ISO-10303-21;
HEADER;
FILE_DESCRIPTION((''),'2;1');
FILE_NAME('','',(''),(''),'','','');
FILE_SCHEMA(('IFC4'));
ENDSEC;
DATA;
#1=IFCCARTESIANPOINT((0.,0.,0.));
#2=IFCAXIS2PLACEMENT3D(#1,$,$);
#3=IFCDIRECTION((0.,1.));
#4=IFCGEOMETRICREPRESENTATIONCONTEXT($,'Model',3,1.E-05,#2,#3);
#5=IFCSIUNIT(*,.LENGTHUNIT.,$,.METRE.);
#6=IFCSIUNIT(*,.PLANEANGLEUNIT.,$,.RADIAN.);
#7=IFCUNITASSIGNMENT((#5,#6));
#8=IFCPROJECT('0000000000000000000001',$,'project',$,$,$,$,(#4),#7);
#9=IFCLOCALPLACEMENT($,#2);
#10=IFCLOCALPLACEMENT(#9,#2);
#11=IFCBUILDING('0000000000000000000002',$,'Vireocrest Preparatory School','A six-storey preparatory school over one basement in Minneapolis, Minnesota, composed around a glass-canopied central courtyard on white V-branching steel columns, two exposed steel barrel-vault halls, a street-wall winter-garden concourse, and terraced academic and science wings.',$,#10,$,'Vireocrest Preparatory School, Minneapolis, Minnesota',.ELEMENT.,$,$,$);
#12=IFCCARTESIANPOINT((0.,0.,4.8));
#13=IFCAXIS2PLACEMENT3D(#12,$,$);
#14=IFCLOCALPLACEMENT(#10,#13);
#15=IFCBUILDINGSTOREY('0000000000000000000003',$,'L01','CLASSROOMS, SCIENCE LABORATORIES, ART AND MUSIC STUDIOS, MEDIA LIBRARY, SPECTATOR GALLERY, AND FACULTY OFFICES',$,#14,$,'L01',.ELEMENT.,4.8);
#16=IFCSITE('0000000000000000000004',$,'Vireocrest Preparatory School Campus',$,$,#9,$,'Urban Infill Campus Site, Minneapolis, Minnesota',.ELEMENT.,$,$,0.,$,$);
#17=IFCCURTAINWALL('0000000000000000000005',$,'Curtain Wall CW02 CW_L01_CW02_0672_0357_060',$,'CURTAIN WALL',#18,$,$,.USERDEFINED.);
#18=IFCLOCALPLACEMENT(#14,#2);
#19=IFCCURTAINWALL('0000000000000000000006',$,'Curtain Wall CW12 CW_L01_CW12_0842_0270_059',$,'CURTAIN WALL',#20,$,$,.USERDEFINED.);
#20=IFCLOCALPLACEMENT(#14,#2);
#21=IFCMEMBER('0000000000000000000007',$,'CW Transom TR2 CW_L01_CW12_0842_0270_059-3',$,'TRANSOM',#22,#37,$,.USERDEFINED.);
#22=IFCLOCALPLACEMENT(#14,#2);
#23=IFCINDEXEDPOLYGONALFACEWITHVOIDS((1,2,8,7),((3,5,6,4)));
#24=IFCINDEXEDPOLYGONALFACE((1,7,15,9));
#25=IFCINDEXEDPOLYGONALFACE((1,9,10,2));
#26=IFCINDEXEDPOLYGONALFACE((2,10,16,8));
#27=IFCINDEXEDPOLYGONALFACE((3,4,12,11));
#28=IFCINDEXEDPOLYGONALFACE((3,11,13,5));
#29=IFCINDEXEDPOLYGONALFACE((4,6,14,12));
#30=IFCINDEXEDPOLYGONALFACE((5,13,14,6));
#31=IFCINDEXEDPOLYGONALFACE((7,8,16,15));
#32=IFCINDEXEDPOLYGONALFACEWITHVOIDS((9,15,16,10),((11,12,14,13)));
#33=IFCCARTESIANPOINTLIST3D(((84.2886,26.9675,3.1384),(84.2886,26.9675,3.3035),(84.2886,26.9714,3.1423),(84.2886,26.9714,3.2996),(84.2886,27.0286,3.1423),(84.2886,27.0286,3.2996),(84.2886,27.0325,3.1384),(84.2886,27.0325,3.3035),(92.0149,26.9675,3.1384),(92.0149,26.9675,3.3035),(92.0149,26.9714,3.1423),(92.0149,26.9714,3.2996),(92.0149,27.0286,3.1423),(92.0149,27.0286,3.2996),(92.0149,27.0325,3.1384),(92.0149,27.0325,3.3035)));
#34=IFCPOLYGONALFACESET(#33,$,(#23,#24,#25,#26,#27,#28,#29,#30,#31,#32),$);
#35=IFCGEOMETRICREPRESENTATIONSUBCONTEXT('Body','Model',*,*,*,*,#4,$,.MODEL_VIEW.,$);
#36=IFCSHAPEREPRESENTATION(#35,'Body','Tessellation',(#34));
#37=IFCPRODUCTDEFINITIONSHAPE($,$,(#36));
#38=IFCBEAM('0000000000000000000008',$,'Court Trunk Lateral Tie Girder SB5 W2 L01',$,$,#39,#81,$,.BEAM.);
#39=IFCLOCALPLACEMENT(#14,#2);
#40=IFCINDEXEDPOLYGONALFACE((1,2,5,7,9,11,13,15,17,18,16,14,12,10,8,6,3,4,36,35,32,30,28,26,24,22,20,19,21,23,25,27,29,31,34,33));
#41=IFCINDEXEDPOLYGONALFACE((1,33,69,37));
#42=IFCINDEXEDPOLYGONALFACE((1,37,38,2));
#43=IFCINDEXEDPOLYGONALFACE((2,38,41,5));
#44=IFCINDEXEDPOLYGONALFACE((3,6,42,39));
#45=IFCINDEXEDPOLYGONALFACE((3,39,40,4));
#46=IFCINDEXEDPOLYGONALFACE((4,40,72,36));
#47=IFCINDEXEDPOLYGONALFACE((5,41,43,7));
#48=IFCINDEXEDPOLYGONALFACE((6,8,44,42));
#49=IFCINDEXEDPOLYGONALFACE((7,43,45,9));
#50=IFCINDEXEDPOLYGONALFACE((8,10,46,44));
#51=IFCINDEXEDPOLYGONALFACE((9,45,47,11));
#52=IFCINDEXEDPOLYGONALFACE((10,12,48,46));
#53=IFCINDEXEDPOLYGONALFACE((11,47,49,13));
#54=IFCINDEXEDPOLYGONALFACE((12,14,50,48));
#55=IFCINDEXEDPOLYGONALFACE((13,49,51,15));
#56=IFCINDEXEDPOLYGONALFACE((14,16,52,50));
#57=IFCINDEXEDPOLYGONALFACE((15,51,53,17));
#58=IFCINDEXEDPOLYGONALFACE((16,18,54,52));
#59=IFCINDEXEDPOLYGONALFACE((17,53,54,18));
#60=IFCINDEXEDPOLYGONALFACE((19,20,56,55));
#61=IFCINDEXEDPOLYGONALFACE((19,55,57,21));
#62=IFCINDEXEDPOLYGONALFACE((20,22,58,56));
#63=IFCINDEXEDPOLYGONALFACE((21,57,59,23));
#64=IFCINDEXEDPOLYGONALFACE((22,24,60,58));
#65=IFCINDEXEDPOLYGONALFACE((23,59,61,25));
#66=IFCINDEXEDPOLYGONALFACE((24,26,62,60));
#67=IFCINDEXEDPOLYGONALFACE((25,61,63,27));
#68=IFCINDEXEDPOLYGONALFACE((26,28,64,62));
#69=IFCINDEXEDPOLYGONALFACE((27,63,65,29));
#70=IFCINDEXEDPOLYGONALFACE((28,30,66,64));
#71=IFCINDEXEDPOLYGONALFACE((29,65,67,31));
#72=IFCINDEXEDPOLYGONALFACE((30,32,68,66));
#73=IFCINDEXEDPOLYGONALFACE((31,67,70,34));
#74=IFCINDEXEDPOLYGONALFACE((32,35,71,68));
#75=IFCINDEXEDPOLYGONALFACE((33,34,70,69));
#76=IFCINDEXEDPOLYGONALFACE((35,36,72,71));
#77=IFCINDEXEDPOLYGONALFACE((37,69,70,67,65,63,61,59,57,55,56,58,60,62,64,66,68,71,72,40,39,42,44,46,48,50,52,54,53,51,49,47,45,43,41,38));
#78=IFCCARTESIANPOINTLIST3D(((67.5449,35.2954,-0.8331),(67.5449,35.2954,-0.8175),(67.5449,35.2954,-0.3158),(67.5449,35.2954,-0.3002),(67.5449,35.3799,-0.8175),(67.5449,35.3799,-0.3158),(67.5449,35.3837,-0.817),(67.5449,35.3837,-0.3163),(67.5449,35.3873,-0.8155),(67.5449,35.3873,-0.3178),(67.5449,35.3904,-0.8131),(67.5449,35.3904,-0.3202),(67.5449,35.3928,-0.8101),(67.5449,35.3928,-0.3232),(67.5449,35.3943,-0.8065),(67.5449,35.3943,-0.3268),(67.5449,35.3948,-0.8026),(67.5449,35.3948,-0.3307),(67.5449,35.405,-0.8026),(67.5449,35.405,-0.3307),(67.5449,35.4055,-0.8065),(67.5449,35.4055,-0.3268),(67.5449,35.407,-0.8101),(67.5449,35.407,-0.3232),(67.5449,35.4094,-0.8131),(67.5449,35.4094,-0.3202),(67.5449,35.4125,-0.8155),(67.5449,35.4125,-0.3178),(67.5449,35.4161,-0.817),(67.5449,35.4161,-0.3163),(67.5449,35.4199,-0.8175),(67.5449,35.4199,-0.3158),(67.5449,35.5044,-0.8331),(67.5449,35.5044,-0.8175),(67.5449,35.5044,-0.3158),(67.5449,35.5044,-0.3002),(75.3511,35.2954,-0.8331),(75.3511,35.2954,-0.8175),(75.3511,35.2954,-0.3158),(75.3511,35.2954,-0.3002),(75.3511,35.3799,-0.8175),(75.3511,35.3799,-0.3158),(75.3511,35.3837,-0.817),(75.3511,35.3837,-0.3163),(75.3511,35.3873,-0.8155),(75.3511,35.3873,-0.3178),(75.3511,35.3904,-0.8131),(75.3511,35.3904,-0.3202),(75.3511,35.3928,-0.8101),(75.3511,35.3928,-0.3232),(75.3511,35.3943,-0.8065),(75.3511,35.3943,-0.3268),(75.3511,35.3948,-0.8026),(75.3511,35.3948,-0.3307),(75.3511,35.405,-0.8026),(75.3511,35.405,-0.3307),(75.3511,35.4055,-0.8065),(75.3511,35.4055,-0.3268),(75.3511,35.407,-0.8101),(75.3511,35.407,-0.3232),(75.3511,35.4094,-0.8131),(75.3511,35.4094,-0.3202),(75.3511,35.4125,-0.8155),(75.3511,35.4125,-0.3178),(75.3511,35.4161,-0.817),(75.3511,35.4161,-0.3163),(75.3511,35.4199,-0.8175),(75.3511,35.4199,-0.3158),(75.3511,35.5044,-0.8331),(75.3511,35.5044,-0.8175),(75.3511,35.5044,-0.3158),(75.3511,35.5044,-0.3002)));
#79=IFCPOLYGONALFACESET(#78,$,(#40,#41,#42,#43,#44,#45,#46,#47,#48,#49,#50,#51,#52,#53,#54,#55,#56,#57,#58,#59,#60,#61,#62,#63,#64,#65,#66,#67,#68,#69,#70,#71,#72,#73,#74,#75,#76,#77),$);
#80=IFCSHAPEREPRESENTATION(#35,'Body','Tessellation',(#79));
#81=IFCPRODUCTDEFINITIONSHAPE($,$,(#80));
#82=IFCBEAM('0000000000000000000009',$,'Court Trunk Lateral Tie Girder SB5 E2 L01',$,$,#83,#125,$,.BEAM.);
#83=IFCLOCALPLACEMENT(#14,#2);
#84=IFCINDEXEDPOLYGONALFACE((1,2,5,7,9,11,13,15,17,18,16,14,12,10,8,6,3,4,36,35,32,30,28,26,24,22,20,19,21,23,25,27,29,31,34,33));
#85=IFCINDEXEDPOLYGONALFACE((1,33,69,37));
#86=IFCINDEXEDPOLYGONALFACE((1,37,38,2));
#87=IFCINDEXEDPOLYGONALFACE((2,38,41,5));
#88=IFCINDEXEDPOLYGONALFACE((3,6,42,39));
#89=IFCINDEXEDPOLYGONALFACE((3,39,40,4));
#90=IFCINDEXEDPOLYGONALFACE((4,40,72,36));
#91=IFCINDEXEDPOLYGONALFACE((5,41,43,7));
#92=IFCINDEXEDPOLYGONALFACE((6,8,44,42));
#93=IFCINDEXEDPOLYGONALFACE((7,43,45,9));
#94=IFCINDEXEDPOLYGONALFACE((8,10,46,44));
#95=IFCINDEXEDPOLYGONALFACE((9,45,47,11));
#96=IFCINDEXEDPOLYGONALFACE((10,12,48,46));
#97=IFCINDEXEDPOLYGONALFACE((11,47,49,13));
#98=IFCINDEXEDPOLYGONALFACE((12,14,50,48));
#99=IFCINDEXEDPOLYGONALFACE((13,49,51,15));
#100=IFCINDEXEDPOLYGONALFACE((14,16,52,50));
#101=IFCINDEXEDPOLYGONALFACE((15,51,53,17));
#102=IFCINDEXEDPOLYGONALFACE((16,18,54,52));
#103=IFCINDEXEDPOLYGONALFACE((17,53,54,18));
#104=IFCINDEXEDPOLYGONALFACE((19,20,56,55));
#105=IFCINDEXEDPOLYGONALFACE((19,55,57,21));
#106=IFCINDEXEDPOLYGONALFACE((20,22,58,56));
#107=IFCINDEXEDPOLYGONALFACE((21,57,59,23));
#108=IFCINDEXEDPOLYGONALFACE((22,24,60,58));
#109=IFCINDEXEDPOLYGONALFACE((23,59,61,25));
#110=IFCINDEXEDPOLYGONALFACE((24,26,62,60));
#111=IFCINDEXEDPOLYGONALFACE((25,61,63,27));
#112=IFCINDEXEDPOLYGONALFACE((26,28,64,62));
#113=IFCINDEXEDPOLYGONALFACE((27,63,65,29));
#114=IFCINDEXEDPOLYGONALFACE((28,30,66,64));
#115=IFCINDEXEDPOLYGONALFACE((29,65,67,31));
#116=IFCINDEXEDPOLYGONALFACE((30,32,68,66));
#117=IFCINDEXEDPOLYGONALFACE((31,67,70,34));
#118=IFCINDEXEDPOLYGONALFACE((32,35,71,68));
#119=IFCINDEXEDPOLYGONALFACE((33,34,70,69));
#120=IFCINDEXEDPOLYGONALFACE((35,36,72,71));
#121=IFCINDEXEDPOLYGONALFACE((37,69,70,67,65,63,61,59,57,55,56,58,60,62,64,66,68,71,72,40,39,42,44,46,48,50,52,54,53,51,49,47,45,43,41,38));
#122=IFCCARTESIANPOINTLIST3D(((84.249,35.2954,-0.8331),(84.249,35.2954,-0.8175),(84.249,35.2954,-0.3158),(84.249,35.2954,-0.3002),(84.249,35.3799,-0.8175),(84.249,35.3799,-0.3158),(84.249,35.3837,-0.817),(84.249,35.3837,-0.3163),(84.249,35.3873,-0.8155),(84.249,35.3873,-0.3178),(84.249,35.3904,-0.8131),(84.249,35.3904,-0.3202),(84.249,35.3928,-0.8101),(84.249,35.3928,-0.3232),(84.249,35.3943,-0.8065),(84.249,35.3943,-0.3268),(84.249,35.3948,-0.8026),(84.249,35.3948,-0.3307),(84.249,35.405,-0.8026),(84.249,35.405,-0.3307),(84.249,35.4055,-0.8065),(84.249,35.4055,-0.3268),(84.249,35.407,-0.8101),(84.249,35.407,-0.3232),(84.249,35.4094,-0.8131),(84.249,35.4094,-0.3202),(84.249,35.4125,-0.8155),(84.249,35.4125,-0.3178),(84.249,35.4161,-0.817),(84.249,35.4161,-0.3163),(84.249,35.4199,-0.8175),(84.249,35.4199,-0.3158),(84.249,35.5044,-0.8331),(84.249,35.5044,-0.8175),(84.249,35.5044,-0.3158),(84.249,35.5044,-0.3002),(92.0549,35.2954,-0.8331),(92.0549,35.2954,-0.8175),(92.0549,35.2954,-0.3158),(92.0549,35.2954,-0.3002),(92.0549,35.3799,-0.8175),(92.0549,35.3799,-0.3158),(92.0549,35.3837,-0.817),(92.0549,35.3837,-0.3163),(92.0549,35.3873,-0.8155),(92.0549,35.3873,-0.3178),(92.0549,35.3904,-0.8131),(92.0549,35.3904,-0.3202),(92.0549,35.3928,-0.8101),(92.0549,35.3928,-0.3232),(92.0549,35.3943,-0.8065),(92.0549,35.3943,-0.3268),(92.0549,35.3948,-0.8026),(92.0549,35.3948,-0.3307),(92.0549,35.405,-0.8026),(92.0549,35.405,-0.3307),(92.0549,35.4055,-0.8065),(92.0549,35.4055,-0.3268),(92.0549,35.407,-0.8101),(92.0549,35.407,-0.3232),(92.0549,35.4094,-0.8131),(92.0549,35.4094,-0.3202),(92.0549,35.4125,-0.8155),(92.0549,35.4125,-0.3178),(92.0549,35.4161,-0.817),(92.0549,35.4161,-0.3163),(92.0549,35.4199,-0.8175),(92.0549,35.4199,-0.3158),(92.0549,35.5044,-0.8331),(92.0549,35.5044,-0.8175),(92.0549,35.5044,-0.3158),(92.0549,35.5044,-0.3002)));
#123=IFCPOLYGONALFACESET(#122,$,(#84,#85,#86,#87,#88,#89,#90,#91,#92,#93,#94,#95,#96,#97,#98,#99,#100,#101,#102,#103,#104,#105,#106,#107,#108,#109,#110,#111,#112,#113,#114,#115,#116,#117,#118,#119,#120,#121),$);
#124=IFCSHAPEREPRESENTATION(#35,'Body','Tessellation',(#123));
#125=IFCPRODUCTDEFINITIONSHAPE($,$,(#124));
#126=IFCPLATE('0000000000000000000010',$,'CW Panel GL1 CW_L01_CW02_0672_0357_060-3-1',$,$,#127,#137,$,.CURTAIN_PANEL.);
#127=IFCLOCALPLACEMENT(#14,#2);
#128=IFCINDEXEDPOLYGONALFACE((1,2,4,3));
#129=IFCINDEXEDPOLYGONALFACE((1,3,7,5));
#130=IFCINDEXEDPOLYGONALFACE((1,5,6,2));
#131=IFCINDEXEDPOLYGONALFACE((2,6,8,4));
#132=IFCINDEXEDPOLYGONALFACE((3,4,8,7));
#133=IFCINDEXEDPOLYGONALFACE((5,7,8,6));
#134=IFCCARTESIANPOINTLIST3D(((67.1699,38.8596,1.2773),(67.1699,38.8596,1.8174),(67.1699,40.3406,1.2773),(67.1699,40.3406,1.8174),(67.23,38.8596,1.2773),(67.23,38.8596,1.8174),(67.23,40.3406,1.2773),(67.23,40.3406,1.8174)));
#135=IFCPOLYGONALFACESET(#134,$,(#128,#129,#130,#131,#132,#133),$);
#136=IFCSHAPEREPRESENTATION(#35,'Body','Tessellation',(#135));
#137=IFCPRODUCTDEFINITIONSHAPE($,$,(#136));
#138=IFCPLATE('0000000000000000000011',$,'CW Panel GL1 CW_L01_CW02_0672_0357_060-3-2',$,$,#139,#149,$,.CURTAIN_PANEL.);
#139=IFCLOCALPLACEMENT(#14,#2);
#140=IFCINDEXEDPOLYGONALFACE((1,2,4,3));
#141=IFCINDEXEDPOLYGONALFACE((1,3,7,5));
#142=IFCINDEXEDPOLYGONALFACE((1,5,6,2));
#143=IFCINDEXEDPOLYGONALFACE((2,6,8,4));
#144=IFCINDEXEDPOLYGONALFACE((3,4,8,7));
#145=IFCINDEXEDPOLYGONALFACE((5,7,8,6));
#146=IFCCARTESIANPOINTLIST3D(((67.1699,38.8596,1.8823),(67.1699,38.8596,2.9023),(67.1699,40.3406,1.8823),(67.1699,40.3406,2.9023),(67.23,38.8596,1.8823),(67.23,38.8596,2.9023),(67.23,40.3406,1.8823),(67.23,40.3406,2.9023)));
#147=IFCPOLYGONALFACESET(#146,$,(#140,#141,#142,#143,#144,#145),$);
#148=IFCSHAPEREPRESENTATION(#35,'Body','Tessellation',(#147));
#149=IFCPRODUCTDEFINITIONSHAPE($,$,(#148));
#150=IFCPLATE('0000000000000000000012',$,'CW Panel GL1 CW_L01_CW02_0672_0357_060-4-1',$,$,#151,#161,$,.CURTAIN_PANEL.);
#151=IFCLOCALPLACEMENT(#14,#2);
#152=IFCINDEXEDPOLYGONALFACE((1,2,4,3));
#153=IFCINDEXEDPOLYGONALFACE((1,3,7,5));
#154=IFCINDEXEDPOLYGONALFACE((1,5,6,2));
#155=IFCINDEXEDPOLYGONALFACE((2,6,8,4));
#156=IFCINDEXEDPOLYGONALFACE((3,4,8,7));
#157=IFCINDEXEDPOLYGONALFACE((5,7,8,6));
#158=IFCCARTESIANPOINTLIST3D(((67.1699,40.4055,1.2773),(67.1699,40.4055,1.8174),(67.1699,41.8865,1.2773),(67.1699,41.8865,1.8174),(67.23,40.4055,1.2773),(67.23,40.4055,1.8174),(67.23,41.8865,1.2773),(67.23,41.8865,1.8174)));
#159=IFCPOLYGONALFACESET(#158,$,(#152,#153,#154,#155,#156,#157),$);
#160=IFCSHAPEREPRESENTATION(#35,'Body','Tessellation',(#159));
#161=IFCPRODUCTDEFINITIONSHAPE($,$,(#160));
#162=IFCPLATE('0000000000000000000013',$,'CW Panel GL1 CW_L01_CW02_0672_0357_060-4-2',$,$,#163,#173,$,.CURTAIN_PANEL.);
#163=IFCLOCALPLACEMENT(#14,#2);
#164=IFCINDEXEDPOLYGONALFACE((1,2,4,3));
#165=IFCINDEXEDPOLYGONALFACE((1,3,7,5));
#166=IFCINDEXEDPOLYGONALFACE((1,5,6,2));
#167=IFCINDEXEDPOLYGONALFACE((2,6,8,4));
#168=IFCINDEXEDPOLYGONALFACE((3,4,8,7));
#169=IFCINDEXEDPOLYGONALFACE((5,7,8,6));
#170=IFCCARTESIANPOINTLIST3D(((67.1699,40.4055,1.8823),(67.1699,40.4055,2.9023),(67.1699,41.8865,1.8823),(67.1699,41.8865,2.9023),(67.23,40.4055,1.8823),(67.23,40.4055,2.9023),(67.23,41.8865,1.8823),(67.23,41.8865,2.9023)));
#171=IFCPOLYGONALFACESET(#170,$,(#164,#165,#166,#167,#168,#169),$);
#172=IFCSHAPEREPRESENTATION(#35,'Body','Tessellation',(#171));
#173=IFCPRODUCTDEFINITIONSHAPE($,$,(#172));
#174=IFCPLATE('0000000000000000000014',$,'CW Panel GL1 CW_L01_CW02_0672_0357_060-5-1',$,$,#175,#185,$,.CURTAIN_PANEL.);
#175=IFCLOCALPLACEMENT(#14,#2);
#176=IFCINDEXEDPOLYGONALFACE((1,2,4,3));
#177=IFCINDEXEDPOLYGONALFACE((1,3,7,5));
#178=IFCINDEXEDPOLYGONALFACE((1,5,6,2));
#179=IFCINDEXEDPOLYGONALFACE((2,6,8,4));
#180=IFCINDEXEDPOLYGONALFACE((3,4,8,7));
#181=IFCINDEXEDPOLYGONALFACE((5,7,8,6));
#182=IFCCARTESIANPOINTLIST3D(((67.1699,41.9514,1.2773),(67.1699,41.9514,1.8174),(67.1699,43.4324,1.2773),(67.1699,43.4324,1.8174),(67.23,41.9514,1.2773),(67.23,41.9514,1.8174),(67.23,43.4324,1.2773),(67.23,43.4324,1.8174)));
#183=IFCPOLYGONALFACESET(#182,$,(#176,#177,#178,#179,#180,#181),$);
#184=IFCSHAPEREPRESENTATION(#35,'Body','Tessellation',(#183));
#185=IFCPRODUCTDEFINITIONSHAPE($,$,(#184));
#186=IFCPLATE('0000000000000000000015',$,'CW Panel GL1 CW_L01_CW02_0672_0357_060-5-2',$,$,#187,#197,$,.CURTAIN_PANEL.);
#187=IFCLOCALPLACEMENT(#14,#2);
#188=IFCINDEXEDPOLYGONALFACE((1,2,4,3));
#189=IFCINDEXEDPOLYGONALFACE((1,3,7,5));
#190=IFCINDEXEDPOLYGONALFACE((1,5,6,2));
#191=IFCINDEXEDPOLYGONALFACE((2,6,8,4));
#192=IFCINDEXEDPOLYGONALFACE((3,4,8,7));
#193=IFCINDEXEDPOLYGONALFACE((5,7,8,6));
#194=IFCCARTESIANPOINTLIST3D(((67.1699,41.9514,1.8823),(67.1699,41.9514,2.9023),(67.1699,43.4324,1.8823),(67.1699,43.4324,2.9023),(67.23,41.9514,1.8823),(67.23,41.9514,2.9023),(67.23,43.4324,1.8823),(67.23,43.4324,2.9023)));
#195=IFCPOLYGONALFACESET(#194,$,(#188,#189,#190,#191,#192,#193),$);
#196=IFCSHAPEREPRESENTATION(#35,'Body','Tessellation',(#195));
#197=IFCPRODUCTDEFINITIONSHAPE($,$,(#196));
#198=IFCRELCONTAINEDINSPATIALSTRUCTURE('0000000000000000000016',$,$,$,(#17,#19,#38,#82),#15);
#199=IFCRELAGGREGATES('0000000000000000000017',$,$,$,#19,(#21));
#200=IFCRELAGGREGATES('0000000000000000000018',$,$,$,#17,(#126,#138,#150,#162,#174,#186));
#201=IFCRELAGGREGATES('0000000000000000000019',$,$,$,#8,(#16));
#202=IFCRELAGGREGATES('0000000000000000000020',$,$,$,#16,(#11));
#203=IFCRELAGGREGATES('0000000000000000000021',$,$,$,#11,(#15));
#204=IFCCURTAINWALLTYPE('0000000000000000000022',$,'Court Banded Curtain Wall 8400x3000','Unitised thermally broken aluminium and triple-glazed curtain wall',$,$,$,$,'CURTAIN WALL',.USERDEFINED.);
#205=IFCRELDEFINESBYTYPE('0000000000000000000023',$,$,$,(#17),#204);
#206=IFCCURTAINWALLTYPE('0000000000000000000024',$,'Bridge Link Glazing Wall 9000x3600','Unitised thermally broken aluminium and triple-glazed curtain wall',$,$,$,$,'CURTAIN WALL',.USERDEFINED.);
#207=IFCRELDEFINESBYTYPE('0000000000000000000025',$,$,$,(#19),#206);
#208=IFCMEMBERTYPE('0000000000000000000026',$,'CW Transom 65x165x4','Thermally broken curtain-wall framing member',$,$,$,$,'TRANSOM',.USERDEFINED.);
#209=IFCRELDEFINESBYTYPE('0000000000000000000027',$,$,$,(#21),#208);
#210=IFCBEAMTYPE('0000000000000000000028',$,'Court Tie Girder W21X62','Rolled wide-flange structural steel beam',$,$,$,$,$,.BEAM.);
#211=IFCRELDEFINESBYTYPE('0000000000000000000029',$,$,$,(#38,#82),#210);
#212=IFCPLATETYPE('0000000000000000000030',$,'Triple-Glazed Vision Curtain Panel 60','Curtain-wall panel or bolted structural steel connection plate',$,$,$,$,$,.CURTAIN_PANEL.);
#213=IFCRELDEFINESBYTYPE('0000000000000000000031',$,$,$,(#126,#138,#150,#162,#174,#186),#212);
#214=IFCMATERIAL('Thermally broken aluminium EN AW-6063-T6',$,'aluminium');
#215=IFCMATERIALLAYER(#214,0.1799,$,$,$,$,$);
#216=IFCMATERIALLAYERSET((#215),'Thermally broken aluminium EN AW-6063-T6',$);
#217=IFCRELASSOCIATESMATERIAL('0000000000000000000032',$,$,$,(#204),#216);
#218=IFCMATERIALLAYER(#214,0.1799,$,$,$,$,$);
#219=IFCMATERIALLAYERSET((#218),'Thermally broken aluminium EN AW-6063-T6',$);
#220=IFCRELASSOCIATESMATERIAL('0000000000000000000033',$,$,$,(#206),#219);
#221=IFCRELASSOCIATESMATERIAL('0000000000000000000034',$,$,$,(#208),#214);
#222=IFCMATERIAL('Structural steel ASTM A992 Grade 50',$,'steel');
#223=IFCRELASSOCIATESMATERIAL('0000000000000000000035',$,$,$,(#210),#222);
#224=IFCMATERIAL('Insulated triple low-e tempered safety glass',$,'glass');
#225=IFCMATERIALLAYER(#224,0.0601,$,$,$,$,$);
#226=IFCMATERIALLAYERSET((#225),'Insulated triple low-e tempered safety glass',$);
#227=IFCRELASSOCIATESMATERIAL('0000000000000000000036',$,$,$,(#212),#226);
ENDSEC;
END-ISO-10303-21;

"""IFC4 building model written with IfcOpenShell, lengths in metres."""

from ifc_helpers import new_model, si_unit, direction, frame, origin, origin_2d, place, context, subcontext, project, spatial, rectangle, hollow_rectangle, i_section, extrude, material, layer, layer_set, material_profile, profile_set, type_object, element, aggregate, save


model = new_model("IFC4")

# Units and contexts
model_context = context("Model", 3, precision=1e-05, world=origin(), true_north=direction((0.0, 1.0)))
body_context = subcontext(model_context, "Body", "Model", "MODEL_VIEW")
ifc_project = project(units=[si_unit("LENGTHUNIT", "METRE"), si_unit("PLANEANGLEUNIT", "RADIAN")], contexts=[model_context])

# Site, building, storey
site_placement = place(None, origin())
site = spatial("IfcSite", under=ifc_project, at=site_placement, Name="Vireocrest Preparatory School Campus", LongName="Urban Infill Campus Site, Minneapolis, Minnesota", CompositionType="ELEMENT", RefElevation=0.0)
building_placement = place(site_placement, origin())
building = spatial("IfcBuilding", under=site, at=building_placement, Name="Vireocrest Preparatory School", Description="A six-storey preparatory school over one basement in Minneapolis, Minnesota, composed around a glass-canopied central courtyard on white V-branching steel columns, two exposed steel barrel-vault halls, a street-wall winter-garden concourse, and terraced academic and science wings.", LongName="Vireocrest Preparatory School, Minneapolis, Minnesota", CompositionType="ELEMENT")
storey_placement = place(building_placement, frame((0.0, 0.0, 4.8)))
storey = spatial("IfcBuildingStorey", under=building, at=storey_placement, Name="L01", Description="CLASSROOMS, SCIENCE LABORATORIES, ART AND MUSIC STUDIOS, MEDIA LIBRARY, SPECTATOR GALLERY, AND FACULTY OFFICES", LongName="L01", CompositionType="ELEMENT", Elevation=4.8)

# Shared definitions
ifc_material_1 = material(Name="Structural steel ASTM A992 Grade 50", Category="steel")

# Curtain walls, member
ifc_material_2 = material(Name="Thermally broken aluminium EN AW-6063-T6", Category="aluminium")
ifc_layer_1 = layer(ifc_material_2, 0.1799)
ifc_layer_set_1 = layer_set([ifc_layer_1], Name="Thermally broken aluminium EN AW-6063-T6")
curtain_wall_type_1 = type_object("IfcCurtainWallType", Name="Court Banded Curtain Wall 8400x3000", Description="Unitised thermally broken aluminium and triple-glazed curtain wall", ElementType="CURTAIN WALL", PredefinedType="USERDEFINED", material=ifc_layer_set_1)
curtain_wall_1_placement = place(storey_placement, origin())
curtain_wall_1 = element("IfcCurtainWall", 1, at=curtain_wall_1_placement, inside=storey, type_object=curtain_wall_type_1, Name="Curtain Wall CW02 CW_L01_CW02_0672_0357_060", ObjectType="CURTAIN WALL", PredefinedType="USERDEFINED")
ifc_layer_2 = layer(ifc_material_2, 0.1799)
ifc_layer_set_2 = layer_set([ifc_layer_2], Name="Thermally broken aluminium EN AW-6063-T6")
curtain_wall_type_2 = type_object("IfcCurtainWallType", Name="Bridge Link Glazing Wall 9000x3600", Description="Unitised thermally broken aluminium and triple-glazed curtain wall", ElementType="CURTAIN WALL", PredefinedType="USERDEFINED", material=ifc_layer_set_2)
curtain_wall_2_placement = place(storey_placement, origin())
curtain_wall_2 = element("IfcCurtainWall", 2, at=curtain_wall_2_placement, inside=storey, type_object=curtain_wall_type_2, Name="Curtain Wall CW12 CW_L01_CW12_0842_0270_059", ObjectType="CURTAIN WALL", PredefinedType="USERDEFINED")
ifc_material_profile_1 = material_profile(ifc_material_2, hollow_rectangle(XDim=0.0649, YDim=0.165, WallThickness=0.0039, at=origin_2d()), Name="ALU 65x165x4")
ifc_profile_set_1 = profile_set([ifc_material_profile_1], Name="Thermally broken aluminium EN AW-6063-T6")
member_type_1 = type_object("IfcMemberType", Name="CW Transom 65x165x4", Description="Thermally broken curtain-wall framing member", ElementType="TRANSOM", PredefinedType="USERDEFINED", material=ifc_profile_set_1)
member_1_placement = place(storey_placement, frame((84.2886, 27.0, 3.2209), z_axis=(1.0, 0.0, 0.0), x_axis=(0.0, 1.0, 0.0)))
member_1 = element("IfcMember", 3, at=member_1_placement, type_object=member_type_1, Name="CW Transom TR2 CW_L01_CW12_0842_0270_059-3", ObjectType="TRANSOM", PredefinedType="USERDEFINED", context=body_context, shape_type="SweptSolid", body=[
    extrude(hollow_rectangle(XDim=0.0649, YDim=0.165, WallThickness=0.0039, at=origin_2d()), origin(), (0.0, 0.0, 1.0), 7.7263),
])
aggregate(curtain_wall_2, [member_1])

# Beams
ifc_material_profile_2 = material_profile(ifc_material_1, i_section(OverallWidth=0.209, OverallDepth=0.533, WebThickness=0.0103, FlangeThickness=0.0156, FilletRadius=0.0149, at=origin_2d()), Name="W21X62")
ifc_profile_set_2 = profile_set([ifc_material_profile_2], Name="Structural steel ASTM A992 Grade 50")
beam_type_1 = type_object("IfcBeamType", Name="Court Tie Girder W21X62", Description="Rolled wide-flange structural steel beam", PredefinedType="BEAM", material=ifc_profile_set_2)
beam_1_placement = place(storey_placement, frame((67.5449, 35.3999, -0.5667), z_axis=(1.0, 0.0, 0.0), x_axis=(0.0, 1.0, 0.0)))
element("IfcBeam", 4, at=beam_1_placement, inside=storey, type_object=beam_type_1, Name="Court Trunk Lateral Tie Girder SB5 W2 L01", PredefinedType="BEAM", context=body_context, shape_type="SweptSolid", body=[
    extrude(i_section(OverallWidth=0.209, OverallDepth=0.533, WebThickness=0.0103, FlangeThickness=0.0156, FilletRadius=0.0149, at=origin_2d()), origin(), (0.0, 0.0, 1.0), 7.8062),
])
beam_2_placement = place(storey_placement, frame((84.249, 35.3999, -0.5667), z_axis=(1.0, 0.0, 0.0), x_axis=(0.0, 1.0, 0.0)))
element("IfcBeam", 5, at=beam_2_placement, inside=storey, type_object=beam_type_1, Name="Court Trunk Lateral Tie Girder SB5 E2 L01", PredefinedType="BEAM", context=body_context, shape_type="SweptSolid", body=[
    extrude(i_section(OverallWidth=0.209, OverallDepth=0.533, WebThickness=0.0103, FlangeThickness=0.0156, FilletRadius=0.0149, at=origin_2d()), origin(), (0.0, 0.0, 1.0), 7.8059),
])

# Plates
ifc_material_3 = material(Name="Insulated triple low-e tempered safety glass", Category="glass")
ifc_layer_3 = layer(ifc_material_3, 0.0601)
ifc_layer_set_3 = layer_set([ifc_layer_3], Name="Insulated triple low-e tempered safety glass")
plate_type = type_object("IfcPlateType", Name="Triple-Glazed Vision Curtain Panel 60", Description="Curtain-wall panel or bolted structural steel connection plate", PredefinedType="CURTAIN_PANEL", material=ifc_layer_set_3)
plate_1_placement = place(storey_placement, frame((67.2, 39.6001, 1.2773), z_axis=(0.0, 0.0, 1.0), x_axis=(0.0, 1.0, 0.0)))
plate_1 = element("IfcPlate", 6, at=plate_1_placement, type_object=plate_type, Name="CW Panel GL1 CW_L01_CW02_0672_0357_060-3-1", PredefinedType="CURTAIN_PANEL", context=body_context, shape_type="SweptSolid", body=[
    extrude(rectangle(XDim=1.481, YDim=0.0601, at=origin_2d()), origin(), (0.0, 0.0, 1.0), 0.54),
])
plate_2_placement = place(storey_placement, frame((67.2, 39.6001, 1.8823), z_axis=(0.0, 0.0, 1.0), x_axis=(0.0, 1.0, 0.0)))
plate_2 = element("IfcPlate", 7, at=plate_2_placement, type_object=plate_type, Name="CW Panel GL1 CW_L01_CW02_0672_0357_060-3-2", PredefinedType="CURTAIN_PANEL", context=body_context, shape_type="SweptSolid", body=[
    extrude(rectangle(XDim=1.481, YDim=0.0601, at=origin_2d()), origin(), (0.0, 0.0, 1.0), 1.02),
])
plate_3_placement = place(storey_placement, frame((67.2, 41.146, 1.2773), z_axis=(0.0, 0.0, 1.0), x_axis=(0.0, 1.0, 0.0)))
plate_3 = element("IfcPlate", 8, at=plate_3_placement, type_object=plate_type, Name="CW Panel GL1 CW_L01_CW02_0672_0357_060-4-1", PredefinedType="CURTAIN_PANEL", context=body_context, shape_type="SweptSolid", body=[
    extrude(rectangle(XDim=1.481, YDim=0.0601, at=origin_2d()), origin(), (0.0, 0.0, 1.0), 0.54),
])
plate_4_placement = place(storey_placement, frame((67.2, 41.146, 1.8823), z_axis=(0.0, 0.0, 1.0), x_axis=(0.0, 1.0, 0.0)))
plate_4 = element("IfcPlate", 9, at=plate_4_placement, type_object=plate_type, Name="CW Panel GL1 CW_L01_CW02_0672_0357_060-4-2", PredefinedType="CURTAIN_PANEL", context=body_context, shape_type="SweptSolid", body=[
    extrude(rectangle(XDim=1.481, YDim=0.0601, at=origin_2d()), origin(), (0.0, 0.0, 1.0), 1.02),
])
plate_5_placement = place(storey_placement, frame((67.2, 42.6919, 1.2773), z_axis=(0.0, 0.0, 1.0), x_axis=(0.0, 1.0, 0.0)))
plate_5 = element("IfcPlate", 10, at=plate_5_placement, type_object=plate_type, Name="CW Panel GL1 CW_L01_CW02_0672_0357_060-5-1", PredefinedType="CURTAIN_PANEL", context=body_context, shape_type="SweptSolid", body=[
    extrude(rectangle(XDim=1.481, YDim=0.0601, at=origin_2d()), origin(), (0.0, 0.0, 1.0), 0.54),
])
plate_6_placement = place(storey_placement, frame((67.2, 42.6919, 1.8823), z_axis=(0.0, 0.0, 1.0), x_axis=(0.0, 1.0, 0.0)))
plate_6 = element("IfcPlate", 11, at=plate_6_placement, type_object=plate_type, Name="CW Panel GL1 CW_L01_CW02_0672_0357_060-5-2", PredefinedType="CURTAIN_PANEL", context=body_context, shape_type="SweptSolid", body=[
    extrude(rectangle(XDim=1.481, YDim=0.0601, at=origin_2d()), origin(), (0.0, 0.0, 1.0), 1.02),
])
aggregate(curtain_wall_1, [plate_1, plate_2, plate_3, plate_4, plate_5, plate_6])

save(model, "model.ifc")
